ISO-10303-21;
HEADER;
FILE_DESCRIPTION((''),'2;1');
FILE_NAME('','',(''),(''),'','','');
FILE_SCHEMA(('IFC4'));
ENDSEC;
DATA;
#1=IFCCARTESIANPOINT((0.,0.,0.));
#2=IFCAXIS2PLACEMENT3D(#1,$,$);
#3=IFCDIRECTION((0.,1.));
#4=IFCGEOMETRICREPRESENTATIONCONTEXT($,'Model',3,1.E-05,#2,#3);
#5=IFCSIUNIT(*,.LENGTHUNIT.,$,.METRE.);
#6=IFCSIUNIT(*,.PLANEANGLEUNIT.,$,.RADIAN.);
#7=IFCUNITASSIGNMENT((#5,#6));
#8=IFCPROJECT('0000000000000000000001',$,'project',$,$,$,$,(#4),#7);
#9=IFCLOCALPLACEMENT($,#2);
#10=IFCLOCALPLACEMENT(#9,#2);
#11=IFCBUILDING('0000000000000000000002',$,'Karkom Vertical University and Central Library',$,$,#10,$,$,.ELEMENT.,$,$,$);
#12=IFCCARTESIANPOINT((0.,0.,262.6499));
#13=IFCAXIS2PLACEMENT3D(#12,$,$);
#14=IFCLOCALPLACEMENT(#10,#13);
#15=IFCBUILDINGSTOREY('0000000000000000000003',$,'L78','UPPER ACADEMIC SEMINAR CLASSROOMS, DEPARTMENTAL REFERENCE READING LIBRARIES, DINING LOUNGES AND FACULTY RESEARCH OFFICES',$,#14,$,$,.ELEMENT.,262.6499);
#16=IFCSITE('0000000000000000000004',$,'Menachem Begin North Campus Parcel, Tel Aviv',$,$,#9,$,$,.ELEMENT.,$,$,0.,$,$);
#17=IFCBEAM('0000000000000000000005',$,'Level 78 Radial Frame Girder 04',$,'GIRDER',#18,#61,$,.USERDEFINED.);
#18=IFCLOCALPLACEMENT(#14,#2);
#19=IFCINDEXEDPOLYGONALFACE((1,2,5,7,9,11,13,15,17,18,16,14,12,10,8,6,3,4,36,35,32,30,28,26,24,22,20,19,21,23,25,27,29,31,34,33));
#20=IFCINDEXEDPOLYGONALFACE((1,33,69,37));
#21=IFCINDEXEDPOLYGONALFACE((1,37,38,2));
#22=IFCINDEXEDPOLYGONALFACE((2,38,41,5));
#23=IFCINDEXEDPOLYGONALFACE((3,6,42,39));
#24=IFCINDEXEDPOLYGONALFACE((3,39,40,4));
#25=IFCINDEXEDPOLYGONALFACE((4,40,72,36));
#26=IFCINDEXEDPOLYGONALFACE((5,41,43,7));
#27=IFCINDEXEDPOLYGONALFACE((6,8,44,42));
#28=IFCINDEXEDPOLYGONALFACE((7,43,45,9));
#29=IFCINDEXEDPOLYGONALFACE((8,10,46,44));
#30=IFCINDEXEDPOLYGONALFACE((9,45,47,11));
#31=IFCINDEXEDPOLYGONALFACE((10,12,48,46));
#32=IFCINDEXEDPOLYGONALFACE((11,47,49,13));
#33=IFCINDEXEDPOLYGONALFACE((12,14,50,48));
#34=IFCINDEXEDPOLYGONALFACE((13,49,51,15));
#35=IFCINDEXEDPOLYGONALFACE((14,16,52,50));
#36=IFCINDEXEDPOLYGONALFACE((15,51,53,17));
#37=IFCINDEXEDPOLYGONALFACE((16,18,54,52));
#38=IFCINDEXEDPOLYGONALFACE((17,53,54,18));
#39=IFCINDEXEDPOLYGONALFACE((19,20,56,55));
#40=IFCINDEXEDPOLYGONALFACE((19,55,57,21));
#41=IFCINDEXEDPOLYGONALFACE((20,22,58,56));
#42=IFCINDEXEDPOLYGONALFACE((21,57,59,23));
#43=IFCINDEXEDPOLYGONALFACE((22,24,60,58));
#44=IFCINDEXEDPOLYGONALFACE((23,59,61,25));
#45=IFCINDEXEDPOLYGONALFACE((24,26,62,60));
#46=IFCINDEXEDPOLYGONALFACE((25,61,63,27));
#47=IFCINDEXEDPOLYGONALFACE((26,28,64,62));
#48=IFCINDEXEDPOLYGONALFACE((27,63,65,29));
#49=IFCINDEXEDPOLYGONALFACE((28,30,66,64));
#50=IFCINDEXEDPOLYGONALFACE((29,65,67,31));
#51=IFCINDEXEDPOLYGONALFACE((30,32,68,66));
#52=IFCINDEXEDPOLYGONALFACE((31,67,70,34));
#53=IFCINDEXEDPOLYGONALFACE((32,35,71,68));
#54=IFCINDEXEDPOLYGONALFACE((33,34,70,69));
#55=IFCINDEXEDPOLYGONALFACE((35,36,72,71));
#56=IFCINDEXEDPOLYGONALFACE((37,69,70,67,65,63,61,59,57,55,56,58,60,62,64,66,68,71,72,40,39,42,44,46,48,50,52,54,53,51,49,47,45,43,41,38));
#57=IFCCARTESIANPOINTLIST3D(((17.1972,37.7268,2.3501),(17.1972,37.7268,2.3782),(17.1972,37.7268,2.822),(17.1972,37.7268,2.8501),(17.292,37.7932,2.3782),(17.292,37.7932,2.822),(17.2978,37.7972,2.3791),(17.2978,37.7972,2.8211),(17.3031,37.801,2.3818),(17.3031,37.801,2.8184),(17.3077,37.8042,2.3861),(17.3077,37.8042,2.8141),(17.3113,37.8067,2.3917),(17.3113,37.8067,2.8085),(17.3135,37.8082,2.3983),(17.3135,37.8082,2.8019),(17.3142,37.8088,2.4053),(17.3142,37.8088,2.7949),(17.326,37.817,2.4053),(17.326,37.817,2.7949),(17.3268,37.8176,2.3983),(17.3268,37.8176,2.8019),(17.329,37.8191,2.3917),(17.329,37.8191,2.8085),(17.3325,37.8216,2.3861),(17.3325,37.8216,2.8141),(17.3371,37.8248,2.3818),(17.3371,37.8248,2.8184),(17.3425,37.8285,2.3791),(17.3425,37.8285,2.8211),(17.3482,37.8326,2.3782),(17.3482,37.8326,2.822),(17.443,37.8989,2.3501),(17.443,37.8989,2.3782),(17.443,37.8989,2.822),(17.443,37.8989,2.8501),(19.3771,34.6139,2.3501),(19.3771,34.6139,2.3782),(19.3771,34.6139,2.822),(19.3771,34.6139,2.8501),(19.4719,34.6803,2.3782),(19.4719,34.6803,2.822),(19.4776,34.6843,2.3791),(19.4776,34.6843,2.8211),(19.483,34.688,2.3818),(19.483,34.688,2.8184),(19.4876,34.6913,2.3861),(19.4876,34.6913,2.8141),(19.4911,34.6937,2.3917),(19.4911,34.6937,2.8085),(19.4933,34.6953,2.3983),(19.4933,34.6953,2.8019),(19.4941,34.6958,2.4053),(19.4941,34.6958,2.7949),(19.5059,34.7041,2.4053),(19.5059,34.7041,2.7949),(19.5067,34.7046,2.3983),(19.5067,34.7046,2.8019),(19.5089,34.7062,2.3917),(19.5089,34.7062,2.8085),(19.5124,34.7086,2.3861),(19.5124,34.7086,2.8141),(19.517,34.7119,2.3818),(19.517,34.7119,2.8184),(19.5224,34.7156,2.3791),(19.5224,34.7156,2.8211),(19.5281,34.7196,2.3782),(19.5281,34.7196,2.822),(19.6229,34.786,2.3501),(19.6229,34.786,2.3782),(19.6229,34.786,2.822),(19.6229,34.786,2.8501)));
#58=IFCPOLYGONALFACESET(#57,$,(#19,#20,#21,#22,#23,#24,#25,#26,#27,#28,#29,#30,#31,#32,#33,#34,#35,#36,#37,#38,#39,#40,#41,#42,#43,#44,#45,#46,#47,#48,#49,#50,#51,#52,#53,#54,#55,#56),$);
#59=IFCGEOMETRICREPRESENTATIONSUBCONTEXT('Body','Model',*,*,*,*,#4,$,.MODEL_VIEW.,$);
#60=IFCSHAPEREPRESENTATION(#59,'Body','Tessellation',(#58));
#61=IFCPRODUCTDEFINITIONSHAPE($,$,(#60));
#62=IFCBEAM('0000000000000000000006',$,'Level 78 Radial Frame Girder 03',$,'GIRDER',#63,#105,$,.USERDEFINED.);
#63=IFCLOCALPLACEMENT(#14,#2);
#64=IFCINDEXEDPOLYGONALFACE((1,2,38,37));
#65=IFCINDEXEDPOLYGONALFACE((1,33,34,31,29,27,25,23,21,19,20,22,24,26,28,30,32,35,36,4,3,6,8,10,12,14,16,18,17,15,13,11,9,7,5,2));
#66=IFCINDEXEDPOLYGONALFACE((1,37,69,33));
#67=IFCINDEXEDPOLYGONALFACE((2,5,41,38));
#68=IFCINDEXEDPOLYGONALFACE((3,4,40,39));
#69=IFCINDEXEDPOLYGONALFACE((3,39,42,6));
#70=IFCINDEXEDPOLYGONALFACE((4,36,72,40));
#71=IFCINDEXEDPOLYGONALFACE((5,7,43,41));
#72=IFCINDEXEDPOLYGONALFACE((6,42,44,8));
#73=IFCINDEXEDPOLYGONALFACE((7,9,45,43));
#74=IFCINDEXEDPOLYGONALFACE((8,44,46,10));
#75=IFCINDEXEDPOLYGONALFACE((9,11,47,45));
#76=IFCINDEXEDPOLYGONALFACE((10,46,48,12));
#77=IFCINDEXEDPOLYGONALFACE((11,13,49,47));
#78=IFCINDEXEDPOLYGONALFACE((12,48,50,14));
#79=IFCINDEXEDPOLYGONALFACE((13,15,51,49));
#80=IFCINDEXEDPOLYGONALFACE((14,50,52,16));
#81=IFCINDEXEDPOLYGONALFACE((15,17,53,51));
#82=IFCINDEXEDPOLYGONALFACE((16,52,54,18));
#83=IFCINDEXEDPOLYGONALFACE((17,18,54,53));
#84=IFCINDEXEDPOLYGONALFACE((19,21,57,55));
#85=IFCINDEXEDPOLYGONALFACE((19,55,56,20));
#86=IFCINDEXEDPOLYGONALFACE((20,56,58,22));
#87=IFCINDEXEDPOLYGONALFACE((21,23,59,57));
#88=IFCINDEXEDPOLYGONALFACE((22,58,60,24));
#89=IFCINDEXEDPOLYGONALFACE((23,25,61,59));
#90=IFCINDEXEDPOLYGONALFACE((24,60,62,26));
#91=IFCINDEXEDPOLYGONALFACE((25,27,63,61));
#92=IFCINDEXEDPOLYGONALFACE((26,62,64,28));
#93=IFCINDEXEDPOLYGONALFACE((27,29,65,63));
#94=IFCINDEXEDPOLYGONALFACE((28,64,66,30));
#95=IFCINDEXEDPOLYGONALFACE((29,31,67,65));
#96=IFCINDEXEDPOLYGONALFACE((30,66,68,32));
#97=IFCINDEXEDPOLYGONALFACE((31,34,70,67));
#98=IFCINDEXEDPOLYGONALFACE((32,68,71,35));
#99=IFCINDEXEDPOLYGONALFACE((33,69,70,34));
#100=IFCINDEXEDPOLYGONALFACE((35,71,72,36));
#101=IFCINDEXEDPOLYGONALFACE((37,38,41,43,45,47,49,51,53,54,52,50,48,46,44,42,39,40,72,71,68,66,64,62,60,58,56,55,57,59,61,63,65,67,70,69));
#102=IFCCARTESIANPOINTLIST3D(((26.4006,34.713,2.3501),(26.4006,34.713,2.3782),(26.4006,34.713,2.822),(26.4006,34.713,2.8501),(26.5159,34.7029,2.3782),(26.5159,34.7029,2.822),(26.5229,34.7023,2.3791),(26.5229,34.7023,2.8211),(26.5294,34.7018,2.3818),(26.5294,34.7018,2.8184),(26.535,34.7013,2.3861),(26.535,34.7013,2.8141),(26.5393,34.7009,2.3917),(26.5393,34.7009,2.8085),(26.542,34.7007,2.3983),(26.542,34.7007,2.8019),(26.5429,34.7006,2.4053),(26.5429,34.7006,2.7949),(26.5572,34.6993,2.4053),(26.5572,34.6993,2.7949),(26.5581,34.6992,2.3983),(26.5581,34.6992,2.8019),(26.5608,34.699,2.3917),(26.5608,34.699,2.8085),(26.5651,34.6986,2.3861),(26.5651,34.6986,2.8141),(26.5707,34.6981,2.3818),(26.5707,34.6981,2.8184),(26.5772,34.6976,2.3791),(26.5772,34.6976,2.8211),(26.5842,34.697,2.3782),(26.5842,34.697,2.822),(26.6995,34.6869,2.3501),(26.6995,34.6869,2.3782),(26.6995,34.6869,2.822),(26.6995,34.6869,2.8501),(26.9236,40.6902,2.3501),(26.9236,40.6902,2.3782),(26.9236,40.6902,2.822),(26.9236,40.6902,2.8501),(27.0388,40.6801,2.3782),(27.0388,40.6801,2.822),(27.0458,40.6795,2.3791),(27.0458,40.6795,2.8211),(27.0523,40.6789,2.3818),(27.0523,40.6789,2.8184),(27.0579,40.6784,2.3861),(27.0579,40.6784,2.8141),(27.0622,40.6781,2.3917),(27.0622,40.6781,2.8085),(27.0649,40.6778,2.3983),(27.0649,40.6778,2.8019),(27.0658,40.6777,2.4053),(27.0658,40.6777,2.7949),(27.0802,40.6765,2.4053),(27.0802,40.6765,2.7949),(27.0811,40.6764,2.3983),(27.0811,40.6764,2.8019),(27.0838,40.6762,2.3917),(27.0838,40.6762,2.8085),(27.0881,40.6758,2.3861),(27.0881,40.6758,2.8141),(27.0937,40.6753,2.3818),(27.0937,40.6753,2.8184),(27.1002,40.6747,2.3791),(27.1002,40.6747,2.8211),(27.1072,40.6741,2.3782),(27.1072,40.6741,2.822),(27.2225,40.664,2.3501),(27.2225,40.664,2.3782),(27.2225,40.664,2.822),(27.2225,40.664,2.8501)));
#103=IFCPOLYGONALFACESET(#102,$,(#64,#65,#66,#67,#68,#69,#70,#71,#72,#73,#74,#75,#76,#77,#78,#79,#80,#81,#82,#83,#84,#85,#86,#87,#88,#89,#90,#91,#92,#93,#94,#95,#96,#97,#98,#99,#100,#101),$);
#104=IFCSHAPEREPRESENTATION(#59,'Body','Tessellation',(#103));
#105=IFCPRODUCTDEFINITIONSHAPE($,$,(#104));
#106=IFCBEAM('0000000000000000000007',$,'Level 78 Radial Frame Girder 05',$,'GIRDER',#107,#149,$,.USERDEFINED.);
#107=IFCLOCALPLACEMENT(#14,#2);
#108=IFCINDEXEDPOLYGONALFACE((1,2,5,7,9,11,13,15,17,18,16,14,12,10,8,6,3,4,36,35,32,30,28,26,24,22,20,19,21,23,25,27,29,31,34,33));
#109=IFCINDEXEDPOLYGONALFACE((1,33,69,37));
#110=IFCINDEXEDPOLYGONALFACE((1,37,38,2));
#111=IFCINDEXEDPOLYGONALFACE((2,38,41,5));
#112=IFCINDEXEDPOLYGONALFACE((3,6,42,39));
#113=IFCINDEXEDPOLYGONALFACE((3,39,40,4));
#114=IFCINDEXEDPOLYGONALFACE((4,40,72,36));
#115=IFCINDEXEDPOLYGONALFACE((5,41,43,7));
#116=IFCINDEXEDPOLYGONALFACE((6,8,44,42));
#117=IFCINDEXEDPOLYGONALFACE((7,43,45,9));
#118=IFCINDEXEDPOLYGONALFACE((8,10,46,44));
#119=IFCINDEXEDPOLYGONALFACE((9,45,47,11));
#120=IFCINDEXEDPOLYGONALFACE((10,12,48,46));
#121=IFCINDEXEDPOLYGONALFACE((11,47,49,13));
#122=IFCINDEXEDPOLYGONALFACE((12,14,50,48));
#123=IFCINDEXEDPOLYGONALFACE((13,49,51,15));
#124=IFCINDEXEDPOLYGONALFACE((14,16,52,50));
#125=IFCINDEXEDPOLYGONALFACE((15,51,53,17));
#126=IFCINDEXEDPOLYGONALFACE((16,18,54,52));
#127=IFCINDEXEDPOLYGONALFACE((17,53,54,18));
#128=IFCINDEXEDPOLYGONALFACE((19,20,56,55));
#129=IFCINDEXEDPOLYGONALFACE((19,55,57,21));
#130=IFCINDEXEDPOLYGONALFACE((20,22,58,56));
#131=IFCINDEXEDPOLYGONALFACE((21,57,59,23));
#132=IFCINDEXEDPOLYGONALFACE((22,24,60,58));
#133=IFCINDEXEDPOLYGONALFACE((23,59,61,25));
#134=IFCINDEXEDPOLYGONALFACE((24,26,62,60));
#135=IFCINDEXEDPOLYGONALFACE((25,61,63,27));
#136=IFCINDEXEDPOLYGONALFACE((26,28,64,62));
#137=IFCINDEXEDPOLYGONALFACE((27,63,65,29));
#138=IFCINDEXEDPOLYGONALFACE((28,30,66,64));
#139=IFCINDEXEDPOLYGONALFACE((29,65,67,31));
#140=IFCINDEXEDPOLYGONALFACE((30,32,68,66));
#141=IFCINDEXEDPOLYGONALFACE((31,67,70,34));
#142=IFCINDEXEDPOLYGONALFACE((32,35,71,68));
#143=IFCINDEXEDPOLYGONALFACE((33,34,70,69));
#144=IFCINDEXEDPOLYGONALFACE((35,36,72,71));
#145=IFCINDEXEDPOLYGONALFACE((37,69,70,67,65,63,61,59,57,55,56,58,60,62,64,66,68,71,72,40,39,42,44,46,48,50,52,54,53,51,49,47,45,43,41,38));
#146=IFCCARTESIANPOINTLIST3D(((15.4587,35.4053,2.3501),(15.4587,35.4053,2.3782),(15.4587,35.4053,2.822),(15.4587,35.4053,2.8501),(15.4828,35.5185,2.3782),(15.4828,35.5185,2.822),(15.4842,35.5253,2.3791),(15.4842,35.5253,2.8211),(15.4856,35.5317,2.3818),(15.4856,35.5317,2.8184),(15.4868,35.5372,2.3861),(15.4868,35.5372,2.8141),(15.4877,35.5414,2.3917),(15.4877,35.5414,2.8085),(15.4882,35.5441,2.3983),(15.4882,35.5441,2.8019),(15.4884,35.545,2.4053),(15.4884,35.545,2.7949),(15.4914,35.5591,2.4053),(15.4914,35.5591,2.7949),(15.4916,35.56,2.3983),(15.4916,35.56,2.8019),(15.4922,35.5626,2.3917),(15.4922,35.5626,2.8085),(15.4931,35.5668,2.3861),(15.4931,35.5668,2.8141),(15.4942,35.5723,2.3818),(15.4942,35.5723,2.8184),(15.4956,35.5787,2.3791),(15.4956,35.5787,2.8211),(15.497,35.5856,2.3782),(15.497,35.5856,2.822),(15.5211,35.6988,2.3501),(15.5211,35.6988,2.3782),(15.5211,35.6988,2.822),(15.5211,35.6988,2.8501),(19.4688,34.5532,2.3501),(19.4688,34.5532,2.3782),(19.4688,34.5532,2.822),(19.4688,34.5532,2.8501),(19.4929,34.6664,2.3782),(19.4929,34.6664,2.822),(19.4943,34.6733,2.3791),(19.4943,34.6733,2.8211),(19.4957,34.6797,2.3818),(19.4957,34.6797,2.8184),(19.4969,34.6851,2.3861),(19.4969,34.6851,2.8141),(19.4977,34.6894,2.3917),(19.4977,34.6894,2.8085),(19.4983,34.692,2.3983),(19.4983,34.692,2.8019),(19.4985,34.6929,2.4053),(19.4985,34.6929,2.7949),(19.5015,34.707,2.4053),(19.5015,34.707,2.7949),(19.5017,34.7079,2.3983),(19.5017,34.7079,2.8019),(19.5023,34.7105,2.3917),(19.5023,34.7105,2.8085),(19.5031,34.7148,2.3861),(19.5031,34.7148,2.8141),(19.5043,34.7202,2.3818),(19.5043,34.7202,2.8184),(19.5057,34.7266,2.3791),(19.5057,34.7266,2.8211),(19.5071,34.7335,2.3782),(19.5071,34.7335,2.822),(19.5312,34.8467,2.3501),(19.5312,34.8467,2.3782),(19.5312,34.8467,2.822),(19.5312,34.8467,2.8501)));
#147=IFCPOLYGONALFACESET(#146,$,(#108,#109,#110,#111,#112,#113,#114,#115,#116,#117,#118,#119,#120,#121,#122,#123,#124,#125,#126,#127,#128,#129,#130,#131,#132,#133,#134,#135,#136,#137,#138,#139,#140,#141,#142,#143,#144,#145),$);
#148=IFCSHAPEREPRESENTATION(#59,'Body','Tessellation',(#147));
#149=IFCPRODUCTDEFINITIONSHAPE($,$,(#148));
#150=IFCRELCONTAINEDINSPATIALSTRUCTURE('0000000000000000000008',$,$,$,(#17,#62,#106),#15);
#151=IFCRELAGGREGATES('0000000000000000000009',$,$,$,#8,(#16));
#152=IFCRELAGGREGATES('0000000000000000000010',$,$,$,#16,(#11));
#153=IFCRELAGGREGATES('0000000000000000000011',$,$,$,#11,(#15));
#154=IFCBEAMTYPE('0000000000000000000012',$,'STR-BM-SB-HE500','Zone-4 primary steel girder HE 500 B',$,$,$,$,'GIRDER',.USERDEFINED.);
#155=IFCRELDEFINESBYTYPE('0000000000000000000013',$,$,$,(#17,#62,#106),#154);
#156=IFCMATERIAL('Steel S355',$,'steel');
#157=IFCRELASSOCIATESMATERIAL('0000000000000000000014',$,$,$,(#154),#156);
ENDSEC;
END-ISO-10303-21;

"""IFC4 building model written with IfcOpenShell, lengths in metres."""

from ifc_helpers import new_model, si_unit, direction, frame, origin, origin_with_axes, origin_2d, place, context, subcontext, project, spatial, i_section, extrude, source, transform, mapped, material, material_profile, profile_set, type_object, element, save


model = new_model("IFC4")

# Units and contexts
model_context = context("Model", 3, precision=1e-05, world=origin(), true_north=direction((0.0, 1.0)))
body_context = subcontext(model_context, "Body", "Model", "MODEL_VIEW")
ifc_project = project(units=[si_unit("LENGTHUNIT", "METRE"), si_unit("PLANEANGLEUNIT", "RADIAN")], contexts=[model_context])

# Site, building, storey
site_placement = place(None, origin())
site = spatial("IfcSite", under=ifc_project, at=site_placement, Name="Menachem Begin North Campus Parcel, Tel Aviv", CompositionType="ELEMENT", RefElevation=0.0)
building_placement = place(site_placement, origin())
building = spatial("IfcBuilding", under=site, at=building_placement, Name="Karkom Vertical University and Central Library", CompositionType="ELEMENT")
storey_placement = place(building_placement, frame((0.0, 0.0, 262.6499)))
storey = spatial("IfcBuildingStorey", under=building, at=storey_placement, Name="L78", Description="UPPER ACADEMIC SEMINAR CLASSROOMS, DEPARTMENTAL REFERENCE READING LIBRARIES, DINING LOUNGES AND FACULTY RESEARCH OFFICES", CompositionType="ELEMENT", Elevation=262.6499)

# Beams
ifc_material_1 = material(Name="Steel S355", Category="steel")
ifc_material_profile_1 = material_profile(ifc_material_1, i_section(OverallWidth=0.3, OverallDepth=0.5, WebThickness=0.0144, FlangeThickness=0.0281, FilletRadius=0.0271, at=origin_2d()), Name="HE 500 B")
ifc_profile_set_1 = profile_set([ifc_material_profile_1], Name="Steel S355")
beam_type_1 = type_object("IfcBeamType", Name="STR-BM-SB-HE500", Description="Zone-4 primary steel girder HE 500 B", ElementType="GIRDER", PredefinedType="USERDEFINED", material=ifc_profile_set_1)
shared_shape_1 = source(origin_with_axes(), body_context, "Body", "SweptSolid", [
    extrude(i_section(OverallWidth=0.3, OverallDepth=0.5, WebThickness=0.0144, FlangeThickness=0.0281, FilletRadius=0.0271, at=origin_2d()), origin(), (0.0, 0.0, 1.0), 3.8003),
])
beam_1_placement = place(storey_placement, frame((19.5, 34.7, 2.6001), z_axis=(-0.573605, 0.819132, 0.0), x_axis=(-0.819132, -0.573605, 0.0)))
element("IfcBeam", 1, at=beam_1_placement, inside=storey, type_object=beam_type_1, Name="Level 78 Radial Frame Girder 04", ObjectType="GIRDER", PredefinedType="USERDEFINED", context=body_context, shape_type="MappedRepresentation", body=[
    mapped(shared_shape_1, transform((0.0, 0.0, 0.0), scale=1.0)),
])
shared_shape_2 = source(origin_with_axes(), body_context, "Body", "SweptSolid", [
    extrude(i_section(OverallWidth=0.3, OverallDepth=0.5, WebThickness=0.0144, FlangeThickness=0.0281, FilletRadius=0.0271, at=origin_2d()), origin(), (0.0, 0.0, 1.0), 6.0),
])
beam_2_placement = place(storey_placement, frame((26.55, 34.7, 2.6001), z_axis=(0.08716, 0.996194, 0.0), x_axis=(-0.996194, 0.08716, 0.0)))
element("IfcBeam", 2, at=beam_2_placement, inside=storey, type_object=beam_type_1, Name="Level 78 Radial Frame Girder 03", ObjectType="GIRDER", PredefinedType="USERDEFINED", context=body_context, shape_type="MappedRepresentation", body=[
    mapped(shared_shape_2, transform((0.0, 0.0, 0.0), scale=1.0)),
])
shared_shape_3 = source(origin_with_axes(), body_context, "Body", "SweptSolid", [
    extrude(i_section(OverallWidth=0.3, OverallDepth=0.5, WebThickness=0.0144, FlangeThickness=0.0281, FilletRadius=0.0271, at=origin_2d()), origin(), (0.0, 0.0, 1.0), 4.0996),
])
beam_3_placement = place(storey_placement, frame((19.5, 34.7, 2.6001), z_axis=(-0.978163, 0.207841, 0.0), x_axis=(-0.207841, -0.978163, 0.0)))
element("IfcBeam", 3, at=beam_3_placement, inside=storey, type_object=beam_type_1, Name="Level 78 Radial Frame Girder 05", ObjectType="GIRDER", PredefinedType="USERDEFINED", context=body_context, shape_type="MappedRepresentation", body=[
    mapped(shared_shape_3, transform((0.0, 0.0, 0.0), scale=1.0)),
])

save(model, "model.ifc")
